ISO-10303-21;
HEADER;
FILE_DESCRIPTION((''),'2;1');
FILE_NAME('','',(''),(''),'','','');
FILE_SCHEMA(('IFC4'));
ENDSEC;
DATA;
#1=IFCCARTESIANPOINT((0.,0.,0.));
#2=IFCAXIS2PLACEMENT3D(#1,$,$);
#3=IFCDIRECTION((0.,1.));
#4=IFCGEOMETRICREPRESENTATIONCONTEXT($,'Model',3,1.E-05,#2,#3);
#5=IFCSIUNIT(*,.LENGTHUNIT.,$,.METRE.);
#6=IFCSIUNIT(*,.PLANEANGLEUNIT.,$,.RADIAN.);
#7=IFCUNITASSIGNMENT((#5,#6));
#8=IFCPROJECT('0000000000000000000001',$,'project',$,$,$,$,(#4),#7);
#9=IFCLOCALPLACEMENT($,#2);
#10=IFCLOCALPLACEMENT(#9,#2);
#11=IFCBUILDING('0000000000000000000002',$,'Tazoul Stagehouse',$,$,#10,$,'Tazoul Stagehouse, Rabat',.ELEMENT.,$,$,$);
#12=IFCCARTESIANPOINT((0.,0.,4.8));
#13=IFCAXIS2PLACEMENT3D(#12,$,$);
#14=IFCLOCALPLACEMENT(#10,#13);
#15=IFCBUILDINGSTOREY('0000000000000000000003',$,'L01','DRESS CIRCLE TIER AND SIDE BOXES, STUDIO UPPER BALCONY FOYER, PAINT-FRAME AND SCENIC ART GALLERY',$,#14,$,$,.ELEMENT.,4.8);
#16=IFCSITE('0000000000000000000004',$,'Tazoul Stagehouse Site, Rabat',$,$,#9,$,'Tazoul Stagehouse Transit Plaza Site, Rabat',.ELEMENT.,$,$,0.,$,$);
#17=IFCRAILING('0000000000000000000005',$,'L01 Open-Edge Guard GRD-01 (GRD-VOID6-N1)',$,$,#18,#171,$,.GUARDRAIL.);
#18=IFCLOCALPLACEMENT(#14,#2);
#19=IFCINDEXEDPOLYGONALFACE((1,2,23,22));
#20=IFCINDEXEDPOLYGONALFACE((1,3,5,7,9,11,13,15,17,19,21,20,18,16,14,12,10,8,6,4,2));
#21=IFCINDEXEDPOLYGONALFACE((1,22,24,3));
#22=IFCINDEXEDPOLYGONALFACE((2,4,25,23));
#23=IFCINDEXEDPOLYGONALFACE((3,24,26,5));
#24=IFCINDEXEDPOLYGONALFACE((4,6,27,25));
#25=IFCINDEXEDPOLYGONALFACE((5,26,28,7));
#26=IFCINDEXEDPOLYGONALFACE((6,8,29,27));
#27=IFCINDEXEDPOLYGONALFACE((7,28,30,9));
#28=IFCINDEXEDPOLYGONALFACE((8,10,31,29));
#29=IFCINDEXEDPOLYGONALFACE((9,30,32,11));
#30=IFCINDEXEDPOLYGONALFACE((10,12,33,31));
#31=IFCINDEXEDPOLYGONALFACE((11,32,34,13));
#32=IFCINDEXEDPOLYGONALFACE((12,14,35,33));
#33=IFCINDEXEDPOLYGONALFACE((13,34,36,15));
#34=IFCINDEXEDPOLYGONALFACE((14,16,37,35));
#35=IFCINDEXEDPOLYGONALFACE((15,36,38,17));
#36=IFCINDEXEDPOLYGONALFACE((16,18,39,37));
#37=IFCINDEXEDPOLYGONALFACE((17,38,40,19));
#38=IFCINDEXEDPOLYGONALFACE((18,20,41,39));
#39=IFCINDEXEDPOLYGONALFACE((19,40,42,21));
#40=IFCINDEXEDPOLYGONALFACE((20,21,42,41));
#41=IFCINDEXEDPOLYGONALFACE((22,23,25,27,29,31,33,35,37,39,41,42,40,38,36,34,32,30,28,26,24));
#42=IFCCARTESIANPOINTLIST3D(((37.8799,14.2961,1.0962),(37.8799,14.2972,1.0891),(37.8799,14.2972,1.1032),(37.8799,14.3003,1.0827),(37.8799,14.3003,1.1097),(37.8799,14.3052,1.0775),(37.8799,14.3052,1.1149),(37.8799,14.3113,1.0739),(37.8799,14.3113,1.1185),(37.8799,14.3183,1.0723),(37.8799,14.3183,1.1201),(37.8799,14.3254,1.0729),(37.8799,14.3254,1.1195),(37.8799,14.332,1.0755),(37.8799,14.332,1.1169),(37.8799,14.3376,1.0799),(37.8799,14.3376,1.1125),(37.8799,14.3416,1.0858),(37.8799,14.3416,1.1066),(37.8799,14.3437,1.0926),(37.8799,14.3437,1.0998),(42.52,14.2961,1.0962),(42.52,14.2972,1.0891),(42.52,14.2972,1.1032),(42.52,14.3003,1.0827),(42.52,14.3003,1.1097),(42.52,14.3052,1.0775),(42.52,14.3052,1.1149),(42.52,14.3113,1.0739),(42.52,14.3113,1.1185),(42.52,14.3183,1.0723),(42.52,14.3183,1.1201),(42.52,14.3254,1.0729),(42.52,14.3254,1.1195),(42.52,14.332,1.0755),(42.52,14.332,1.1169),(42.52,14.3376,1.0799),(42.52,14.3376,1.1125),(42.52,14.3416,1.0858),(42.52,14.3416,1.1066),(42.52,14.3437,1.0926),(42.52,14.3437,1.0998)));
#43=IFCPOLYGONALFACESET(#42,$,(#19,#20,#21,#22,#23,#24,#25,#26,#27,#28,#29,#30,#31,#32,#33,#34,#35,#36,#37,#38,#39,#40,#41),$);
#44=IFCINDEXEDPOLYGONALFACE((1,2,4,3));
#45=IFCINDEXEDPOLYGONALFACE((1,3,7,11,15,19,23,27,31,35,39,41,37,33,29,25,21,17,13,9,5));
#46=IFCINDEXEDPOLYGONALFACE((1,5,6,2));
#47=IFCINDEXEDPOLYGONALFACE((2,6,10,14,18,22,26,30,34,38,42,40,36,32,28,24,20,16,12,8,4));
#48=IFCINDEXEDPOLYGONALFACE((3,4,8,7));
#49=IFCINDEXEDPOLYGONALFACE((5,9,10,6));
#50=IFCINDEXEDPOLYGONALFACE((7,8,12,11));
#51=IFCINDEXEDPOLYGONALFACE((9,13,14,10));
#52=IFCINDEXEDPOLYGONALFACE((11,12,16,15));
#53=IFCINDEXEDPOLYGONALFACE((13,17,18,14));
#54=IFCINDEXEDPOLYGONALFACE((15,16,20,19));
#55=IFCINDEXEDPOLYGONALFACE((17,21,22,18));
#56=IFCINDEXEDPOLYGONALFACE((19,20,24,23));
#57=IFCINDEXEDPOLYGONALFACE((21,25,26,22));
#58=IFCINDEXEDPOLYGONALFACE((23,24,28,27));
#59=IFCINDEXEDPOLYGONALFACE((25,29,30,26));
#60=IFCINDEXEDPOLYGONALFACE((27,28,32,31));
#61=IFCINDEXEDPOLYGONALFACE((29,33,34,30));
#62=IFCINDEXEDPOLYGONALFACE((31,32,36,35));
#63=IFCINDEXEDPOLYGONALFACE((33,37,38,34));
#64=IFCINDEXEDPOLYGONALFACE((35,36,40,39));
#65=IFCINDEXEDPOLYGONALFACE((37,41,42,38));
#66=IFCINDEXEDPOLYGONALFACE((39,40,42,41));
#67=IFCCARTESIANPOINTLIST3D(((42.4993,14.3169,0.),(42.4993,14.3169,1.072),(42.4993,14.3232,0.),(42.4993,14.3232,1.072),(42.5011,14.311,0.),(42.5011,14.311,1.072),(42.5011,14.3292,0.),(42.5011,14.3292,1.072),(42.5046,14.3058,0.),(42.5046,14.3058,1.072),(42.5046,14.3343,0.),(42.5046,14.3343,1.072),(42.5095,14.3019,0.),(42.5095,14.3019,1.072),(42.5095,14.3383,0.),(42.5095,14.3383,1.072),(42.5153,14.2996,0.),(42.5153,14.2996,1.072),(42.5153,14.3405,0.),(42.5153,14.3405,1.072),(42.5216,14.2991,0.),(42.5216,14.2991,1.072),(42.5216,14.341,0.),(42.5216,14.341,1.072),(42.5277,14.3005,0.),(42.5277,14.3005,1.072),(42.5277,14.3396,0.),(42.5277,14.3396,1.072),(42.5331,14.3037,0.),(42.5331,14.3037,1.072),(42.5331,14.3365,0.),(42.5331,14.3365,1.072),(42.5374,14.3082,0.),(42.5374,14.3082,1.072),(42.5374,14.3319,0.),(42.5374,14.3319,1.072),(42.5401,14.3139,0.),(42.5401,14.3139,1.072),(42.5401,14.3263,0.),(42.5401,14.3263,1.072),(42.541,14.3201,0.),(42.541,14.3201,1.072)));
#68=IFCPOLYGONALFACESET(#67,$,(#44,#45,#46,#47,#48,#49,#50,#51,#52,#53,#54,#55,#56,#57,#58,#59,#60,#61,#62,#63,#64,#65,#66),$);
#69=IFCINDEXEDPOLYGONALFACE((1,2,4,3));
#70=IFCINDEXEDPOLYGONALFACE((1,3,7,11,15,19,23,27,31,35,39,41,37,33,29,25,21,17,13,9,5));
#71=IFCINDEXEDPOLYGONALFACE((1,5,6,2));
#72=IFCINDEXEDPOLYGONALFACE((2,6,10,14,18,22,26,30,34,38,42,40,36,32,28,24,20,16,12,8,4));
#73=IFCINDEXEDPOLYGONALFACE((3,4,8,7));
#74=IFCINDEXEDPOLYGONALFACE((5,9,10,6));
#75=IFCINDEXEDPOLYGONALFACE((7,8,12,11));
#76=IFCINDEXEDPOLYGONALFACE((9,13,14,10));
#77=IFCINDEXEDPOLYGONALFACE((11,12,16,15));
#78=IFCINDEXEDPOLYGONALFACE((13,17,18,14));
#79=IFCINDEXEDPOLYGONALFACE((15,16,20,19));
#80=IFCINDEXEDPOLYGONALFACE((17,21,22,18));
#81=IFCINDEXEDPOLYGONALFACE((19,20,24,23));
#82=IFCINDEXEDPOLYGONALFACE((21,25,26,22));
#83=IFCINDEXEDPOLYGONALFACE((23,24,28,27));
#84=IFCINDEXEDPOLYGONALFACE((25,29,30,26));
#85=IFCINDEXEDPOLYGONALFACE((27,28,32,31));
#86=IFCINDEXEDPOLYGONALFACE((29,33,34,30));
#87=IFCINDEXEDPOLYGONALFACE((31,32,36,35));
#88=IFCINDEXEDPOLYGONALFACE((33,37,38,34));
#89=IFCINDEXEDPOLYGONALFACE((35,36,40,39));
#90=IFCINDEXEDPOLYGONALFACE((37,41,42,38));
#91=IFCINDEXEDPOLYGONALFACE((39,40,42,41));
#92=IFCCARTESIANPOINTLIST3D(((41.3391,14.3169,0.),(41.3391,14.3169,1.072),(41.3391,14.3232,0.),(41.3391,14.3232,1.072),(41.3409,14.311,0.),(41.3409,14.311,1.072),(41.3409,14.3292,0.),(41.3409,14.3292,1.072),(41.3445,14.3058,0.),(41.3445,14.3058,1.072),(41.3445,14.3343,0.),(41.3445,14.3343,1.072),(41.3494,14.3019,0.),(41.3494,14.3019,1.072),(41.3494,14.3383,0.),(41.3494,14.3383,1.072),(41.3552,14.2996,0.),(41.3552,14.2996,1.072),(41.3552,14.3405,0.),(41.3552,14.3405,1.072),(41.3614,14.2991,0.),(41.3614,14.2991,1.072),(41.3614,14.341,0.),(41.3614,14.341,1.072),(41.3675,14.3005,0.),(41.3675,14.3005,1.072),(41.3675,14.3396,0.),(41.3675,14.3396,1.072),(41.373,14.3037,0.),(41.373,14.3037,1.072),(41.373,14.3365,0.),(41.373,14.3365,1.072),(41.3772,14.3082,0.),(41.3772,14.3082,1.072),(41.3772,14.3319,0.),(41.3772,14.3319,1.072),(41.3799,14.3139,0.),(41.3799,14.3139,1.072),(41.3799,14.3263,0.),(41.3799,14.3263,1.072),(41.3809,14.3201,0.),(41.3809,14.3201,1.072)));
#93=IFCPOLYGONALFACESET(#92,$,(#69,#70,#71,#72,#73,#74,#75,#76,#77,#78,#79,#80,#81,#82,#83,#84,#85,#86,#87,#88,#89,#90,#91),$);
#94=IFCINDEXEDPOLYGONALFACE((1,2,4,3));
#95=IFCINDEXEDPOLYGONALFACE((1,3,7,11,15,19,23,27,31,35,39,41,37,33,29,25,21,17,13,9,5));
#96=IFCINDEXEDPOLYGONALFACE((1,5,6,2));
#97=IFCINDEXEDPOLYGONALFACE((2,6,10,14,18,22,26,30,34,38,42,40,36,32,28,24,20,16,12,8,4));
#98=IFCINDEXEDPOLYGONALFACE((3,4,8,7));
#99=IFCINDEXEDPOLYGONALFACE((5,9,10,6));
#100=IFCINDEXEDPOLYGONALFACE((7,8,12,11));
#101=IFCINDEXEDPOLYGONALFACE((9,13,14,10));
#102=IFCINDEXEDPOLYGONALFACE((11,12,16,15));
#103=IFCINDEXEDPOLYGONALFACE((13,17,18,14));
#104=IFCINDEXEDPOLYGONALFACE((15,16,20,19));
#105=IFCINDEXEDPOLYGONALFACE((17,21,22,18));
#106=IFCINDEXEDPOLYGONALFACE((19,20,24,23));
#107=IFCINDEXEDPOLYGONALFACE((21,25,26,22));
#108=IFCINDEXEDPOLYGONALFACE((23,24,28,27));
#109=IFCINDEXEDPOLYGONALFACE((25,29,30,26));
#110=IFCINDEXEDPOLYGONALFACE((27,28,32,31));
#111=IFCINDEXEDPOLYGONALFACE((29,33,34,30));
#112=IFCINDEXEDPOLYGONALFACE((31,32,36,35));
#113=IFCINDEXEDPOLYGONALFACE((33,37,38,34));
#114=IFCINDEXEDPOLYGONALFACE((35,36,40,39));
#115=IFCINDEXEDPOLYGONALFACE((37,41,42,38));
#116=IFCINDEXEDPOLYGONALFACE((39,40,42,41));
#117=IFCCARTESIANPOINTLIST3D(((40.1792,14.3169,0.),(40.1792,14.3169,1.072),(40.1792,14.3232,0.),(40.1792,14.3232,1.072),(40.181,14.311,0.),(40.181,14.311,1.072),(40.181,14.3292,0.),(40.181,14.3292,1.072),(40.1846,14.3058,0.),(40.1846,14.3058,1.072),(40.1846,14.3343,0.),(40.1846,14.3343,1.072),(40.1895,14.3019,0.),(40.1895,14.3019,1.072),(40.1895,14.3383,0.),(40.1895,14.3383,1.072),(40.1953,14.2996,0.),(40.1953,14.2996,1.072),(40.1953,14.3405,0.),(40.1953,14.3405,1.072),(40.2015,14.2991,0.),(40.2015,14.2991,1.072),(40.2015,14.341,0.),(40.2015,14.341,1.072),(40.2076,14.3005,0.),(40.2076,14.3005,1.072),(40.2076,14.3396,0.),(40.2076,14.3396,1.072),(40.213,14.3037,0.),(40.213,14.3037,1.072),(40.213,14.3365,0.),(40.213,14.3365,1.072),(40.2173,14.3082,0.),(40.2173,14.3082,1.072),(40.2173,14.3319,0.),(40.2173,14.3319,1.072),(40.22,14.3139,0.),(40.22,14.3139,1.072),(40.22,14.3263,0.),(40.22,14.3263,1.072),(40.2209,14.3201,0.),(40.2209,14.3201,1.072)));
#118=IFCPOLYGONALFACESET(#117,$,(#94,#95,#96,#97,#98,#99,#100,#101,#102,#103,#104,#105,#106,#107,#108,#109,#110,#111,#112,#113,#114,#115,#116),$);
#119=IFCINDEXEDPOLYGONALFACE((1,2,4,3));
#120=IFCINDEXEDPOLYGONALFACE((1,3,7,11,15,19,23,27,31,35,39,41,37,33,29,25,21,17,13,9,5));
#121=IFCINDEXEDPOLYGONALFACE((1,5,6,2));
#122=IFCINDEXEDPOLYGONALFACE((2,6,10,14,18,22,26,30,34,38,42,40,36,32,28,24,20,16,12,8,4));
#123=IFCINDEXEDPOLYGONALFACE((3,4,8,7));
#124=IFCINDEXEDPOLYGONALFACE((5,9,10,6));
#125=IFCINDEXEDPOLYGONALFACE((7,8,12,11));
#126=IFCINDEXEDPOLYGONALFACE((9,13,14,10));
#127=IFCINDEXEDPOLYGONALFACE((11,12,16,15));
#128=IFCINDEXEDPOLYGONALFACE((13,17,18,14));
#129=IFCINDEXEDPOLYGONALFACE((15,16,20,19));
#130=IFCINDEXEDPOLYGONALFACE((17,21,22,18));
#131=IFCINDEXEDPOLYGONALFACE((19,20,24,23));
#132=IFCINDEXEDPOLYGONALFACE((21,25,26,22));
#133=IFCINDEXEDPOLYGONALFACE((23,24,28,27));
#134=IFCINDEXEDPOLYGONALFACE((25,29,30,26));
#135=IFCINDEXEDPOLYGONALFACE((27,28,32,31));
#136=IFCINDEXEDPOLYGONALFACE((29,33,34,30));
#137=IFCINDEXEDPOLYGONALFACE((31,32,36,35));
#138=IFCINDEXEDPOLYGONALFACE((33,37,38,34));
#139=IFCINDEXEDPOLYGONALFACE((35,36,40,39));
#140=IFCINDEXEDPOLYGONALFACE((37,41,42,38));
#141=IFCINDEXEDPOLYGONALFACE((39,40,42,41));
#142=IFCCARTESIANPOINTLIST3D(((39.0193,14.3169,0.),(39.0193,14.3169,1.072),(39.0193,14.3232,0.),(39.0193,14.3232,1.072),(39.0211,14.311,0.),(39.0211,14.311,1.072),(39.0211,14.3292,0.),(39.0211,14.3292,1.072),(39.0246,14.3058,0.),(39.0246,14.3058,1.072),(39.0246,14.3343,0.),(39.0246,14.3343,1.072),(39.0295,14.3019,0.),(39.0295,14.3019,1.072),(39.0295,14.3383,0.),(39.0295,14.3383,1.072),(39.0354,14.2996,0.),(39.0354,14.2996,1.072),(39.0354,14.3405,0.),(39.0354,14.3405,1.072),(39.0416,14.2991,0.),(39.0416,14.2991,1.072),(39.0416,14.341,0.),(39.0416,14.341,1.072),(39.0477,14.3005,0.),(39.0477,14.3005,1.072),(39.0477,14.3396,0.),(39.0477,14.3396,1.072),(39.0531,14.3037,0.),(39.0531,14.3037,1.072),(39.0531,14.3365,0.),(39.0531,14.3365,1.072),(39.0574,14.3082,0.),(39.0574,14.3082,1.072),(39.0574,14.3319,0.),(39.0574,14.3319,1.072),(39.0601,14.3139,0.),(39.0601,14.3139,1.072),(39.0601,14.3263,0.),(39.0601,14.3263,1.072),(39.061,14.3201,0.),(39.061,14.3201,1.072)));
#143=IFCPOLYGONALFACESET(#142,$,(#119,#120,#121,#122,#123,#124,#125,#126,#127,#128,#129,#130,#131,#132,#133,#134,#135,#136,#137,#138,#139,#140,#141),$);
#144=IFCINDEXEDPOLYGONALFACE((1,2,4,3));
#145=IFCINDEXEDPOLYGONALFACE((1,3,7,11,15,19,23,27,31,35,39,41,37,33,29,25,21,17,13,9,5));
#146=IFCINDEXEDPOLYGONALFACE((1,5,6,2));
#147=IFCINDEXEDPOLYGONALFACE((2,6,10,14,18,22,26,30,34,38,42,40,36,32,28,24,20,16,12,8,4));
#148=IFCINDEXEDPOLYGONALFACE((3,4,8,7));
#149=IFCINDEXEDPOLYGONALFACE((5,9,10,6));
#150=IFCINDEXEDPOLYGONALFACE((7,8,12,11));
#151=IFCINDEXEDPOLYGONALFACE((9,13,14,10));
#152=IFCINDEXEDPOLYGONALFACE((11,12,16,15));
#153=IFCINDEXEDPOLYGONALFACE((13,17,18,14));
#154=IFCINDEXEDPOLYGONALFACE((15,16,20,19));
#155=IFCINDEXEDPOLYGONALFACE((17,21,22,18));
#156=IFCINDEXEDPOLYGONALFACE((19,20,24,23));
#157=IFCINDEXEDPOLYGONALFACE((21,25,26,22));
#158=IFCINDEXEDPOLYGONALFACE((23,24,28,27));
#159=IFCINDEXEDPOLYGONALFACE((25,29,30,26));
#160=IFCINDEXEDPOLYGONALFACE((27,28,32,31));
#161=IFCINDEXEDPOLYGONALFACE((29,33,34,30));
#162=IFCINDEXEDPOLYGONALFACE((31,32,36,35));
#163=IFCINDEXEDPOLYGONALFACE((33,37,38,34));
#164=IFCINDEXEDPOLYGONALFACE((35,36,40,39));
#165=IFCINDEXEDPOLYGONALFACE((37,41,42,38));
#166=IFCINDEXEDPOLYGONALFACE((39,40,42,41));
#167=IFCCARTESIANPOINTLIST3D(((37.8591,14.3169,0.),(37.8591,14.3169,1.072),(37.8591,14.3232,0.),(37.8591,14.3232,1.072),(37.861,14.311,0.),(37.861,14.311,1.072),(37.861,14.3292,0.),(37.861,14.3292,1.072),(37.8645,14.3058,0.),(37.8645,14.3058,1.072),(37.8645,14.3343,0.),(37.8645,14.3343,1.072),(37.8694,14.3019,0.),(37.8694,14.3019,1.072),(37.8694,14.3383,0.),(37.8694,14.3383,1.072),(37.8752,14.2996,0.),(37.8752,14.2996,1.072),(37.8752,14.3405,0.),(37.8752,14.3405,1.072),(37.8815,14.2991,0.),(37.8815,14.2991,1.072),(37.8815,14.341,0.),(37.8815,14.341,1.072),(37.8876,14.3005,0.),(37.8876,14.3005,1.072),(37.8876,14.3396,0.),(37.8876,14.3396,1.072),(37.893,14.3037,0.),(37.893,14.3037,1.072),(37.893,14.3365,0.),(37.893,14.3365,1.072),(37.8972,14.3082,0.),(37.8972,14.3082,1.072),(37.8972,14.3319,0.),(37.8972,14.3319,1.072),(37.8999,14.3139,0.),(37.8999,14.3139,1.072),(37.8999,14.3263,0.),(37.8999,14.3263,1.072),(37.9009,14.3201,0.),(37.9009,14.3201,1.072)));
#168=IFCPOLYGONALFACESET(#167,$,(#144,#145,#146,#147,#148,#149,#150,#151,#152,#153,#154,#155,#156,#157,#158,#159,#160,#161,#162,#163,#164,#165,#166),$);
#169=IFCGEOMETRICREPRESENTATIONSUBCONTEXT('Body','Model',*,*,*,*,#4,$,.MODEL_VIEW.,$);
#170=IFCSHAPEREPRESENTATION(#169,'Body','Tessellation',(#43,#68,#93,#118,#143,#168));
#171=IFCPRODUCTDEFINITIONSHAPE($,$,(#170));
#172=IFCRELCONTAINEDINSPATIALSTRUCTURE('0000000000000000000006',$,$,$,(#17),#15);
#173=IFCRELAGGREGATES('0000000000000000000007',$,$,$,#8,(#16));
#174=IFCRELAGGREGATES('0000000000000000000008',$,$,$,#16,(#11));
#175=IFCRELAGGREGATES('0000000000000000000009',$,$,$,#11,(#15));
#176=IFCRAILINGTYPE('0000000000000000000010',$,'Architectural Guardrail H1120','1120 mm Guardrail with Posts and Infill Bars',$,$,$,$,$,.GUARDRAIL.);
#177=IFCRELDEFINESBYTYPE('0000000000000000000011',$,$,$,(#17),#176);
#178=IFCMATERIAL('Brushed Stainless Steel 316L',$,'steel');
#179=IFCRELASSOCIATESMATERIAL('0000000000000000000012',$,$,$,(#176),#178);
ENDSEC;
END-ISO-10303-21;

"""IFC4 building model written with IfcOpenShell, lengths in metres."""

from ifc_helpers import new_model, si_unit, direction, frame, origin, origin_2d, place, context, subcontext, project, spatial, circle, extrude, material, material_profile, profile_set, type_object, element, save


model = new_model("IFC4")

# Units and contexts
model_context = context("Model", 3, precision=1e-05, world=origin(), true_north=direction((0.0, 1.0)))
body_context = subcontext(model_context, "Body", "Model", "MODEL_VIEW")
ifc_project = project(units=[si_unit("LENGTHUNIT", "METRE"), si_unit("PLANEANGLEUNIT", "RADIAN")], contexts=[model_context])

# Site, building, storey
site_placement = place(None, origin())
site = spatial("IfcSite", under=ifc_project, at=site_placement, Name="Tazoul Stagehouse Site, Rabat", LongName="Tazoul Stagehouse Transit Plaza Site, Rabat", CompositionType="ELEMENT", RefElevation=0.0)
building_placement = place(site_placement, origin())
building = spatial("IfcBuilding", under=site, at=building_placement, Name="Tazoul Stagehouse", LongName="Tazoul Stagehouse, Rabat", CompositionType="ELEMENT")
storey_placement = place(building_placement, frame((0.0, 0.0, 4.8)))
storey = spatial("IfcBuildingStorey", under=building, at=storey_placement, Name="L01", Description="DRESS CIRCLE TIER AND SIDE BOXES, STUDIO UPPER BALCONY FOYER, PAINT-FRAME AND SCENIC ART GALLERY", CompositionType="ELEMENT", Elevation=4.8)

# Railing
ifc_material_1 = material(Name="Brushed Stainless Steel 316L", Category="steel")
ifc_material_profile_1 = material_profile(ifc_material_1, circle(Radius=0.0239, at=origin_2d()), Name="SS RAIL D48")
ifc_profile_set_1 = profile_set([ifc_material_profile_1], Name="Brushed Stainless Steel 316L")
railing_type = type_object("IfcRailingType", Name="Architectural Guardrail H1120", Description="1120 mm Guardrail with Posts and Infill Bars", PredefinedType="GUARDRAIL", material=ifc_profile_set_1)
railing_1_placement = place(storey_placement, frame((42.52, 14.3201, 0.0)))
element("IfcRailing", 1, at=railing_1_placement, inside=storey, type_object=railing_type, Name="L01 Open-Edge Guard GRD-01 (GRD-VOID6-N1)", PredefinedType="GUARDRAIL", context=body_context, shape_type="SweptSolid", body=[
    extrude(circle(Radius=0.0239, at=origin_2d()), frame((0.0, 0.0, 1.0962), z_axis=(-1.0, 0.0, 0.0), x_axis=(0.0, -1.0, 0.0)), (0.0, 0.0, 1.0), 4.6401),
    extrude(circle(Radius=0.021, at=origin_2d()), origin(), (0.0, 0.0, 1.0), 1.072),
    extrude(circle(Radius=0.021, at=origin_2d()), frame((-1.1602, 0.0, 0.0)), (0.0, 0.0, 1.0), 1.072),
    extrude(circle(Radius=0.021, at=origin_2d()), frame((-2.3201, 0.0, 0.0)), (0.0, 0.0, 1.0), 1.072),
    extrude(circle(Radius=0.021, at=origin_2d()), frame((-3.48, 0.0, 0.0)), (0.0, 0.0, 1.0), 1.072),
    extrude(circle(Radius=0.021, at=origin_2d()), frame((-4.6401, 0.0, 0.0)), (0.0, 0.0, 1.0), 1.072),
])

save(model, "model.ifc")
